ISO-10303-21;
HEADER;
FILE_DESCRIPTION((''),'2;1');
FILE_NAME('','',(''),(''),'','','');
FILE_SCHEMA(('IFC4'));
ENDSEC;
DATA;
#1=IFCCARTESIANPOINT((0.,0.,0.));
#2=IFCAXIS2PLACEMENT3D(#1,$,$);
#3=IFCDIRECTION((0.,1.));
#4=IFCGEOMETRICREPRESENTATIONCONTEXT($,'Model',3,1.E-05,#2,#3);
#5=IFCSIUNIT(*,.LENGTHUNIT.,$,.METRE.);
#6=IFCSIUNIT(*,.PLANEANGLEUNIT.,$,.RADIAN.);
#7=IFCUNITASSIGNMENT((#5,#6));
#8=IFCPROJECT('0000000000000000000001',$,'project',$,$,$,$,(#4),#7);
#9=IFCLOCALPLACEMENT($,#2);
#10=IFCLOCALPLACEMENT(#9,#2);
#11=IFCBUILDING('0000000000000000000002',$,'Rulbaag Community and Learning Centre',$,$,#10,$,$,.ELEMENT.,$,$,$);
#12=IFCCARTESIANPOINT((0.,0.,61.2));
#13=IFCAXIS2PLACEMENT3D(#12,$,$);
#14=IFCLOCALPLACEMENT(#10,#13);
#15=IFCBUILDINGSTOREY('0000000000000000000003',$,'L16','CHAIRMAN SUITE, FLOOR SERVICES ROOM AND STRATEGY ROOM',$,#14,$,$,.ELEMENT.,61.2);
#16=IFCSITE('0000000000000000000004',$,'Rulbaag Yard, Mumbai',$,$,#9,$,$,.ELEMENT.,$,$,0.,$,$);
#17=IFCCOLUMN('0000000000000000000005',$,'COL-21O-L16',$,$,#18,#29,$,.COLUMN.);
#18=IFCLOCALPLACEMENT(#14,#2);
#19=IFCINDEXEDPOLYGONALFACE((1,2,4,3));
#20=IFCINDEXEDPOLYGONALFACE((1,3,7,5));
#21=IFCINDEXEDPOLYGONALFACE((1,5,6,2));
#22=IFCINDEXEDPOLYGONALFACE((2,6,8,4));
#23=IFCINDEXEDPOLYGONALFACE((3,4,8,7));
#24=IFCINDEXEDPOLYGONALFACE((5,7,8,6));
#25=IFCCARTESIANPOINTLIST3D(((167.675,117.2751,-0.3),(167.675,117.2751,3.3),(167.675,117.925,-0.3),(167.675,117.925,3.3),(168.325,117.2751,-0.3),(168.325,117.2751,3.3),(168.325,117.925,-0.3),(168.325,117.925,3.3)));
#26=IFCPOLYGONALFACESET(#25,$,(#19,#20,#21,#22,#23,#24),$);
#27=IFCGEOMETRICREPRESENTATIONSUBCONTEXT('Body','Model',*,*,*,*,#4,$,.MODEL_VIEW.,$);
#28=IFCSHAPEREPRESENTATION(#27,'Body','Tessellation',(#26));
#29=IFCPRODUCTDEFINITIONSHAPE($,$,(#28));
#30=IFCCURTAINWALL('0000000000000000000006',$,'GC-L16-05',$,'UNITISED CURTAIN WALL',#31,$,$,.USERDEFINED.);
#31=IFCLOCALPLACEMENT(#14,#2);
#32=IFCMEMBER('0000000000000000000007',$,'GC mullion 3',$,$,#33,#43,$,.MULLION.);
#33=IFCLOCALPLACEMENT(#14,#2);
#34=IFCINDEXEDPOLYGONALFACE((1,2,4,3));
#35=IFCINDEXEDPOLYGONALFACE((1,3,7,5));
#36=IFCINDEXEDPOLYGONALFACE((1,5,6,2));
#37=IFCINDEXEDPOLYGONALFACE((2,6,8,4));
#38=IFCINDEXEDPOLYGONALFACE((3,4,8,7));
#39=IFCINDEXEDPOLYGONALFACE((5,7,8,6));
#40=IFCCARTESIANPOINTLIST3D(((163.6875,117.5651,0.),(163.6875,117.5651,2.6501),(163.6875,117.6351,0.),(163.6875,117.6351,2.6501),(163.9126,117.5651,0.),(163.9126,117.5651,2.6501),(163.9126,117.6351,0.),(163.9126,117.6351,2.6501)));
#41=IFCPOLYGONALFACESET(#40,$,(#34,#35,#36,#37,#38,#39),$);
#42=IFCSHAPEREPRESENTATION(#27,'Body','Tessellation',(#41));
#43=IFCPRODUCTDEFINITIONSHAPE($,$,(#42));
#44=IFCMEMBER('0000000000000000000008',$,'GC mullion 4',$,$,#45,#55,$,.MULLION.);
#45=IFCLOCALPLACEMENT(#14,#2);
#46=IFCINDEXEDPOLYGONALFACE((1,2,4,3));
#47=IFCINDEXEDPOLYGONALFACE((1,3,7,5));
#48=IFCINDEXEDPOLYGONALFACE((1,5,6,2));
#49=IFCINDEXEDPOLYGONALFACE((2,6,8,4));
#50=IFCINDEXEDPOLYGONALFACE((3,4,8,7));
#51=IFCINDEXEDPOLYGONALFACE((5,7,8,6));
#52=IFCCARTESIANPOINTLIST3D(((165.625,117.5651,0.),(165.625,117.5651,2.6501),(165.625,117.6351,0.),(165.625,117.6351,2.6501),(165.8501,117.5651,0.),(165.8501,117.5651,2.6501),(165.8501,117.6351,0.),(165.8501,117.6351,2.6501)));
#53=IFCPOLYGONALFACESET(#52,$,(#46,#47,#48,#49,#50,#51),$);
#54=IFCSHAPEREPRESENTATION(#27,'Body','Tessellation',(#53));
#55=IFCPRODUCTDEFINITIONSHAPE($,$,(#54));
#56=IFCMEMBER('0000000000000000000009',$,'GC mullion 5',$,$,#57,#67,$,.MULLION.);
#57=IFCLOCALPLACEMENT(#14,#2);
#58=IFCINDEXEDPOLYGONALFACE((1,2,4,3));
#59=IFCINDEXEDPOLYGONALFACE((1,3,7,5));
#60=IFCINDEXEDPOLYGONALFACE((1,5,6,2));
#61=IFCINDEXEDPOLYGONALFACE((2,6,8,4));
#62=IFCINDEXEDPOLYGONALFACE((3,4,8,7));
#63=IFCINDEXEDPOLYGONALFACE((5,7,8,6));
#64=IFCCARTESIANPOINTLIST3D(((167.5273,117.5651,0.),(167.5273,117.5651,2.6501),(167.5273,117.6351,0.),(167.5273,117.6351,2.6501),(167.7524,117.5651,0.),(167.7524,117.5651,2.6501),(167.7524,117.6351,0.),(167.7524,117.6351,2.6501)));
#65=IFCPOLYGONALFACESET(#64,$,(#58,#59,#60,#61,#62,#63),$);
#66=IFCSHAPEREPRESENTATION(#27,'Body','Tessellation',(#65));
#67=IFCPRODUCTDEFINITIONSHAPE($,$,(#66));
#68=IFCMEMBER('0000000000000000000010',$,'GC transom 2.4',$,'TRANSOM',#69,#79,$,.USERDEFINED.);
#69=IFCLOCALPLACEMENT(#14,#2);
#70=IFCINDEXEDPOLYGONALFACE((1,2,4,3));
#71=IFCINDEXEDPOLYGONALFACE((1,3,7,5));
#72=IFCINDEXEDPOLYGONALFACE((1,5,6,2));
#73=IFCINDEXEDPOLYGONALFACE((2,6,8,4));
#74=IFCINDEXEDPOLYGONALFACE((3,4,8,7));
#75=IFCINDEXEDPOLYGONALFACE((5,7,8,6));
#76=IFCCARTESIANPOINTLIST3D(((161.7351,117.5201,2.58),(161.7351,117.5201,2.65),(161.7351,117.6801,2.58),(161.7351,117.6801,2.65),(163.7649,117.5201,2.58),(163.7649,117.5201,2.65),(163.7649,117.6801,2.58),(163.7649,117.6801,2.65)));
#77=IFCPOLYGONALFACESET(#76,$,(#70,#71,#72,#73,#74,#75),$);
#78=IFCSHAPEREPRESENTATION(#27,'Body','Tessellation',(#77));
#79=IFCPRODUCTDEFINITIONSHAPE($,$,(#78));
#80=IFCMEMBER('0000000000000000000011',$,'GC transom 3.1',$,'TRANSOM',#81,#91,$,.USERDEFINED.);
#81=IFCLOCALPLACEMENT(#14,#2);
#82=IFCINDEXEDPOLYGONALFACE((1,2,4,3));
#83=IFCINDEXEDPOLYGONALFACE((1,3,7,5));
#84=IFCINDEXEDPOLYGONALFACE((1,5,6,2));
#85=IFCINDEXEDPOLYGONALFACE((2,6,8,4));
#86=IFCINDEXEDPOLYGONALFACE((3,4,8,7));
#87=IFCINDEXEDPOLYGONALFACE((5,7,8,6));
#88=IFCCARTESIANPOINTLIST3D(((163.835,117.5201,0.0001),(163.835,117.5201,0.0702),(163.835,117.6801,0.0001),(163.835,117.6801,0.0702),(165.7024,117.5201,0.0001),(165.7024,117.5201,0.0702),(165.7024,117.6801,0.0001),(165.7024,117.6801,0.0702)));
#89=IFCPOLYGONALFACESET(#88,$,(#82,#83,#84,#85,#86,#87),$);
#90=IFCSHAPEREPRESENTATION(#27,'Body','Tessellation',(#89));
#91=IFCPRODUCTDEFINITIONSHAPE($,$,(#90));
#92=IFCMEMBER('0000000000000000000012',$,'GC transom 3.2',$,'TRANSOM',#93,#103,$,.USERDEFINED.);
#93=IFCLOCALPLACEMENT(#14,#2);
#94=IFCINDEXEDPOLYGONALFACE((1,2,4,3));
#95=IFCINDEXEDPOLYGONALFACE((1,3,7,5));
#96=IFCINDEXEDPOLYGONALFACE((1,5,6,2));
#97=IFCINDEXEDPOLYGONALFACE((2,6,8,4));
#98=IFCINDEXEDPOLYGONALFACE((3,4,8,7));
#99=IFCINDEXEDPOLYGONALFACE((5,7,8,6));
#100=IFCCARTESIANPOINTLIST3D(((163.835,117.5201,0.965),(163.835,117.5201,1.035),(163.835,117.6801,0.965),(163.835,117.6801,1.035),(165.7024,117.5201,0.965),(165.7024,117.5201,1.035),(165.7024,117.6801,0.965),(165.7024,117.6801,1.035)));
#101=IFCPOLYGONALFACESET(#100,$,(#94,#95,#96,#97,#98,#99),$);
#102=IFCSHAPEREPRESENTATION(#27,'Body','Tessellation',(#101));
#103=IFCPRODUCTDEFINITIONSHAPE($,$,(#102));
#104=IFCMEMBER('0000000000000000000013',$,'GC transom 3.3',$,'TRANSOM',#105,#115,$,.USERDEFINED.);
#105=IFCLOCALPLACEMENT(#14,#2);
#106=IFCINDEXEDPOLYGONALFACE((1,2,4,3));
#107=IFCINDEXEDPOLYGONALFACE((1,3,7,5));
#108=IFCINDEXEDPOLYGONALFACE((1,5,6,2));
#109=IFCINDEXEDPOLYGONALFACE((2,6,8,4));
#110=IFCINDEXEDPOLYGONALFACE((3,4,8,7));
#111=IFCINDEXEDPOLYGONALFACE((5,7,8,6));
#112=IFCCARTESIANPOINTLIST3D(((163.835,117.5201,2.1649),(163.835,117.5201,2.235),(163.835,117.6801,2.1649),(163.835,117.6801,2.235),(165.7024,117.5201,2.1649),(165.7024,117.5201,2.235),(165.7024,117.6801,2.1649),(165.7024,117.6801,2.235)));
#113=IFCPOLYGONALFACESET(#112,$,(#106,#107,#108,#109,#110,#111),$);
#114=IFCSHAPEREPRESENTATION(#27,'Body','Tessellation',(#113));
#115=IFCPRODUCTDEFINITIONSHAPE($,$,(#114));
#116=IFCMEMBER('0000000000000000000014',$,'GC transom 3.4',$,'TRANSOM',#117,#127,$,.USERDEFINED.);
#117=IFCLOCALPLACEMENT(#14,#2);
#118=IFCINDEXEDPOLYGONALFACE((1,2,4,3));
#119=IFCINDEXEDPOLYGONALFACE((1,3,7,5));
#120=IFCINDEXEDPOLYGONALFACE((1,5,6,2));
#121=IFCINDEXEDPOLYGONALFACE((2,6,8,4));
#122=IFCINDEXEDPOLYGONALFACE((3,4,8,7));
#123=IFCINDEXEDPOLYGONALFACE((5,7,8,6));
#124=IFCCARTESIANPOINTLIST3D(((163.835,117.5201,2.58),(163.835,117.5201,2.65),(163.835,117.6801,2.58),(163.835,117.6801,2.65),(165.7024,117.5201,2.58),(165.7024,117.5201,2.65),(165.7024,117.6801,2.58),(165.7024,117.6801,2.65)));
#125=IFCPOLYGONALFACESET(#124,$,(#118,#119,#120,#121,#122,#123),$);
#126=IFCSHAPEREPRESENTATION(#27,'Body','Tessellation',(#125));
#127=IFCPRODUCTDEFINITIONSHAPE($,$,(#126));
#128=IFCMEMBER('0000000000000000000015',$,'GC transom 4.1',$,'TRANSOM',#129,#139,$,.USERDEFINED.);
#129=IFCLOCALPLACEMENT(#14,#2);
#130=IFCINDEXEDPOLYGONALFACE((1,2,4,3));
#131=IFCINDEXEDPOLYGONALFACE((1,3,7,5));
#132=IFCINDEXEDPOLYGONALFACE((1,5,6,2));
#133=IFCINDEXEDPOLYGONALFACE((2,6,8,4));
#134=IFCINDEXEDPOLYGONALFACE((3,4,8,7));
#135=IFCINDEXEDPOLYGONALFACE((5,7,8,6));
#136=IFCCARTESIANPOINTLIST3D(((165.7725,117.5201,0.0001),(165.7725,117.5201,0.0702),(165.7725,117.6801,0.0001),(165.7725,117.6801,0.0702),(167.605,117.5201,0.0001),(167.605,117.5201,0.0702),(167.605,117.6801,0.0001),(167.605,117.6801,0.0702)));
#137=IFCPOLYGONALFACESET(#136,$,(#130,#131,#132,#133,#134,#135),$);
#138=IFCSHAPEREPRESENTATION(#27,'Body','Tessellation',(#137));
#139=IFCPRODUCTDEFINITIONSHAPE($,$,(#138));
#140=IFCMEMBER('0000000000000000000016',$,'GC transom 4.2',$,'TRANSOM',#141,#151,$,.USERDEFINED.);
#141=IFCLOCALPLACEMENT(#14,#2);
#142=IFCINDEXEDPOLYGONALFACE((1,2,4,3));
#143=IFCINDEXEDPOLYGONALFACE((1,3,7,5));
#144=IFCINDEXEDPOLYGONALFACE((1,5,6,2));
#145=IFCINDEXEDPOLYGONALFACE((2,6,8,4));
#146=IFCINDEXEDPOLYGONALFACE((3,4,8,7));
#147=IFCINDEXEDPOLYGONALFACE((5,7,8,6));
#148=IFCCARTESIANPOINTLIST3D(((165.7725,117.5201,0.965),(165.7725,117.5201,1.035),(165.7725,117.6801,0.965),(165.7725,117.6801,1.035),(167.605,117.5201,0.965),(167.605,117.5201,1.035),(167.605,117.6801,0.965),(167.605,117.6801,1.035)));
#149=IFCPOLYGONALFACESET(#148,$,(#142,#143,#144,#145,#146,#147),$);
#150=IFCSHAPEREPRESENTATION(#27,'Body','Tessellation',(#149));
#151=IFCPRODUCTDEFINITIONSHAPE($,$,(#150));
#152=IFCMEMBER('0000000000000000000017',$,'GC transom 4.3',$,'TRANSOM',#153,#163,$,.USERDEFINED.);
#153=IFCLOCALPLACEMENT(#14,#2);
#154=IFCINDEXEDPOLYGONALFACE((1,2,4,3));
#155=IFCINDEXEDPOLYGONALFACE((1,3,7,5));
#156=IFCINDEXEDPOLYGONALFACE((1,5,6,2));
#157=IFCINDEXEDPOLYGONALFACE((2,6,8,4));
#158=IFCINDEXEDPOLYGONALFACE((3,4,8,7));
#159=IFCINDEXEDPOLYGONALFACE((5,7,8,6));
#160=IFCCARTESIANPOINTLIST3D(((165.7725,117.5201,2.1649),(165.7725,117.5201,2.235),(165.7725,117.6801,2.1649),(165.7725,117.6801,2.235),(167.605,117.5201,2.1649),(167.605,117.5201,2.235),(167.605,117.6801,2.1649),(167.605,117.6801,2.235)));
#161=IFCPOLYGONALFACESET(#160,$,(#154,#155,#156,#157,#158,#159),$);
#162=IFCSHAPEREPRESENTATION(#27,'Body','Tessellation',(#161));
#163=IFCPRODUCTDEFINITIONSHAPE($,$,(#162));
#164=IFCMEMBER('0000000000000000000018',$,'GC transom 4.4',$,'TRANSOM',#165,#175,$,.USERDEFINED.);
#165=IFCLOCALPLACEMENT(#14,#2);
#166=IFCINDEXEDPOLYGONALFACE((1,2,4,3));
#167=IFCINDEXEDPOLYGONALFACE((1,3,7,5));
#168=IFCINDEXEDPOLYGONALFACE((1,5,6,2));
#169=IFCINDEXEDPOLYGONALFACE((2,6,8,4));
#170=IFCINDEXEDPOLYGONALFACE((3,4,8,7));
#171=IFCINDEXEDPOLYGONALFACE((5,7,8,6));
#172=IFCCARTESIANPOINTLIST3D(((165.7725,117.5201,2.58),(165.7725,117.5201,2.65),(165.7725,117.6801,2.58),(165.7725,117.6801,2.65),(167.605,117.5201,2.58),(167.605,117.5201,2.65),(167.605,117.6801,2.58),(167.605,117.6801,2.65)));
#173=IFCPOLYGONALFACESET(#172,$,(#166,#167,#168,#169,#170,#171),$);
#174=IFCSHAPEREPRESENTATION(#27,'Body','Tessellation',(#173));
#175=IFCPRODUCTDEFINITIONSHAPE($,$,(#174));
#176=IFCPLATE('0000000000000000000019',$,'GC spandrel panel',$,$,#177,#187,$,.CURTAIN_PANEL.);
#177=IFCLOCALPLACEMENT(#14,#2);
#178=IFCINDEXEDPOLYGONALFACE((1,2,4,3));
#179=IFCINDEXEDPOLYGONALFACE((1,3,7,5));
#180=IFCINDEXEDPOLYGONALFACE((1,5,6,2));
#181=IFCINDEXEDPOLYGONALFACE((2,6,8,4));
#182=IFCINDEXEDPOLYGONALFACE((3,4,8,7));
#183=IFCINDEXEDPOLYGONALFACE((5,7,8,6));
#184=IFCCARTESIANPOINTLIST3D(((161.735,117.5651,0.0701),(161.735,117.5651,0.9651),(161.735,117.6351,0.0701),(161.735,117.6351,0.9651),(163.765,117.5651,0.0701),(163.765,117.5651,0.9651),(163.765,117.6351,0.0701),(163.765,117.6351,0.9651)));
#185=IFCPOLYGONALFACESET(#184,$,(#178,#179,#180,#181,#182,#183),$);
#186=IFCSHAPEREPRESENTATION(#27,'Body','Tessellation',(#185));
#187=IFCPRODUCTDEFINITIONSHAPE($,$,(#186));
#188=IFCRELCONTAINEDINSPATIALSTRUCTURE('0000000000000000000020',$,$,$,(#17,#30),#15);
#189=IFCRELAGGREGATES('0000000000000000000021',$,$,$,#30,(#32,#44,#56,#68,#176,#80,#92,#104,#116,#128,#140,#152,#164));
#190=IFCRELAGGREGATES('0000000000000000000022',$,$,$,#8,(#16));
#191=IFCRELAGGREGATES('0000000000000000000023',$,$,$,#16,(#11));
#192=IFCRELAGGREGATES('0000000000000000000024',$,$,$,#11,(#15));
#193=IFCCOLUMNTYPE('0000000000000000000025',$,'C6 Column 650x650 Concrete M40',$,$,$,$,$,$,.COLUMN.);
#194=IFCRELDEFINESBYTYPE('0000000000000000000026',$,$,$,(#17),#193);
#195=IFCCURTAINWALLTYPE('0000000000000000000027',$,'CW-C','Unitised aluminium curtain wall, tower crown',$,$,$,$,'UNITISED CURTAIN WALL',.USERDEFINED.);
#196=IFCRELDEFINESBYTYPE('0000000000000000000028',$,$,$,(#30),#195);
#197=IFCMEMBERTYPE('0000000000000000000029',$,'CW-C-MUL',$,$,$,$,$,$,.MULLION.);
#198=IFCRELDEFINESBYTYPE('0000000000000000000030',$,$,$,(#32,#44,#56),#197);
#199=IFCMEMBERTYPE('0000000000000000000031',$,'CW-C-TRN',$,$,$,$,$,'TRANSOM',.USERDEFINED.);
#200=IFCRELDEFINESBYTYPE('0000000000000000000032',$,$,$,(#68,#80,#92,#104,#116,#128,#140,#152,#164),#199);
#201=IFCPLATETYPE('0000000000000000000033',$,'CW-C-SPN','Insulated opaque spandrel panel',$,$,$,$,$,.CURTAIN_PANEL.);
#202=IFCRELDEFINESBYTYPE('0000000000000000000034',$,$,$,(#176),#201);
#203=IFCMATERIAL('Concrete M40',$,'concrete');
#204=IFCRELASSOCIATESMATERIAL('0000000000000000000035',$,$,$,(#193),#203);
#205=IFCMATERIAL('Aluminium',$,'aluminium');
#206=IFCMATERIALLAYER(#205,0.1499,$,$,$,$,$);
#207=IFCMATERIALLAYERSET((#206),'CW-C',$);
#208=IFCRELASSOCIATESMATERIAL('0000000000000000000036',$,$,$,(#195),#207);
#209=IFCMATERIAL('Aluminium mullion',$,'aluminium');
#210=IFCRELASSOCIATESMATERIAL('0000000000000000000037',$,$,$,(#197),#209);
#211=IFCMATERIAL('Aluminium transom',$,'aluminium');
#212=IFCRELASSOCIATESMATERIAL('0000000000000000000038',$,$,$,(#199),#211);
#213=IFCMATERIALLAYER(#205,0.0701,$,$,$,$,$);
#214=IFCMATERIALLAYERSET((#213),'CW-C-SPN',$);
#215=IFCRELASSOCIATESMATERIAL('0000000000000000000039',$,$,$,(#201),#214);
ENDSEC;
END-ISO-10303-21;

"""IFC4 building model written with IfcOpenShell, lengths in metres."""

from ifc_helpers import new_model, si_unit, direction, frame, origin, origin_2d, place, context, subcontext, project, spatial, rectangle, extrude, material, layer, layer_set, material_profile, profile_set, type_object, element, aggregate, save


model = new_model("IFC4")

# Units and contexts
model_context = context("Model", 3, precision=1e-05, world=origin(), true_north=direction((0.0, 1.0)))
body_context = subcontext(model_context, "Body", "Model", "MODEL_VIEW")
ifc_project = project(units=[si_unit("LENGTHUNIT", "METRE"), si_unit("PLANEANGLEUNIT", "RADIAN")], contexts=[model_context])

# Site, building, storey
site_placement = place(None, origin())
site = spatial("IfcSite", under=ifc_project, at=site_placement, Name="Rulbaag Yard, Mumbai", CompositionType="ELEMENT", RefElevation=0.0)
building_placement = place(site_placement, origin())
building = spatial("IfcBuilding", under=site, at=building_placement, Name="Rulbaag Community and Learning Centre", CompositionType="ELEMENT")
storey_placement = place(building_placement, frame((0.0, 0.0, 61.2)))
storey = spatial("IfcBuildingStorey", under=building, at=storey_placement, Name="L16", Description="CHAIRMAN SUITE, FLOOR SERVICES ROOM AND STRATEGY ROOM", CompositionType="ELEMENT", Elevation=61.2)

# Column
ifc_material_1 = material(Name="Concrete M40", Category="concrete")
ifc_material_profile_1 = material_profile(ifc_material_1, rectangle(XDim=0.6499, YDim=0.6499, at=origin_2d()), Name="RC650x650")
ifc_profile_set_1 = profile_set([ifc_material_profile_1], Name="Concrete M40")
column_type = type_object("IfcColumnType", Name="C6 Column 650x650 Concrete M40", PredefinedType="COLUMN", material=ifc_profile_set_1)
column_placement = place(storey_placement, frame((168.0, 117.6001, -0.3), z_axis=(0.0, 0.0, 1.0), x_axis=(1.0, 0.0, 0.0)))
element("IfcColumn", 1, at=column_placement, inside=storey, type_object=column_type, Name="COL-21O-L16", PredefinedType="COLUMN", context=body_context, shape_type="SweptSolid", body=[
    extrude(rectangle(XDim=0.6499, YDim=0.6499, at=origin_2d()), origin(), (0.0, 0.0, 1.0), 3.6001),
])

# Curtain wall, members, plate
ifc_material_2 = material(Name="Aluminium", Category="aluminium")
ifc_layer_1 = layer(ifc_material_2, 0.1499)
ifc_layer_set_1 = layer_set([ifc_layer_1], Name="CW-C")
curtain_wall_type = type_object("IfcCurtainWallType", Name="CW-C", Description="Unitised aluminium curtain wall, tower crown", ElementType="UNITISED CURTAIN WALL", PredefinedType="USERDEFINED", material=ifc_layer_set_1)
curtain_wall_placement = place(storey_placement, origin())
curtain_wall = element("IfcCurtainWall", 2, at=curtain_wall_placement, inside=storey, type_object=curtain_wall_type, Name="GC-L16-05", ObjectType="UNITISED CURTAIN WALL", PredefinedType="USERDEFINED")
ifc_material_3 = material(Name="Aluminium mullion", Category="aluminium")
ifc_material_profile_2 = material_profile(ifc_material_3, rectangle(XDim=0.0701, YDim=0.2251, at=origin_2d()), Name="AL 70x225")
ifc_profile_set_2 = profile_set([ifc_material_profile_2], Name="Aluminium mullion")
member_type_1 = type_object("IfcMemberType", Name="CW-C-MUL", PredefinedType="MULLION", material=ifc_profile_set_2)
member_1_placement = place(storey_placement, frame((163.8, 117.6001, 0.0), z_axis=(0.0, 0.0, 1.0), x_axis=(0.0, 1.0, 0.0)))
member_1 = element("IfcMember", 3, at=member_1_placement, type_object=member_type_1, Name="GC mullion 3", PredefinedType="MULLION", context=body_context, shape_type="SweptSolid", body=[
    extrude(rectangle(XDim=0.0701, YDim=0.2251, at=origin_2d()), origin(), (0.0, 0.0, 1.0), 2.6501),
])
member_2_placement = place(storey_placement, frame((165.7375, 117.6001, 0.0), z_axis=(0.0, 0.0, 1.0), x_axis=(0.0, 1.0, 0.0)))
member_2 = element("IfcMember", 4, at=member_2_placement, type_object=member_type_1, Name="GC mullion 4", PredefinedType="MULLION", context=body_context, shape_type="SweptSolid", body=[
    extrude(rectangle(XDim=0.0701, YDim=0.2251, at=origin_2d()), origin(), (0.0, 0.0, 1.0), 2.6501),
])
member_3_placement = place(storey_placement, frame((167.6399, 117.6001, 0.0), z_axis=(0.0, 0.0, 1.0), x_axis=(0.0, 1.0, 0.0)))
member_3 = element("IfcMember", 5, at=member_3_placement, type_object=member_type_1, Name="GC mullion 5", PredefinedType="MULLION", context=body_context, shape_type="SweptSolid", body=[
    extrude(rectangle(XDim=0.0701, YDim=0.2251, at=origin_2d()), origin(), (0.0, 0.0, 1.0), 2.6501),
])
ifc_material_4 = material(Name="Aluminium transom", Category="aluminium")
ifc_material_profile_3 = material_profile(ifc_material_4, rectangle(XDim=0.1599, YDim=0.0701, at=origin_2d()), Name="AL 70x160 T")
ifc_profile_set_3 = profile_set([ifc_material_profile_3], Name="Aluminium transom")
member_type_2 = type_object("IfcMemberType", Name="CW-C-TRN", ElementType="TRANSOM", PredefinedType="USERDEFINED", material=ifc_profile_set_3)
member_4_placement = place(storey_placement, frame((161.7351, 117.6001, 2.615), z_axis=(1.0, 0.0, 0.0), x_axis=(0.0, 1.0, 0.0)))
member_4 = element("IfcMember", 6, at=member_4_placement, type_object=member_type_2, Name="GC transom 2.4", ObjectType="TRANSOM", PredefinedType="USERDEFINED", context=body_context, shape_type="SweptSolid", body=[
    extrude(rectangle(XDim=0.1599, YDim=0.0701, at=origin_2d()), origin(), (0.0, 0.0, 1.0), 2.0298),
])
member_5_placement = place(storey_placement, frame((163.835, 117.6001, 0.0352), z_axis=(1.0, 0.0, 0.0), x_axis=(0.0, 1.0, 0.0)))
member_5 = element("IfcMember", 7, at=member_5_placement, type_object=member_type_2, Name="GC transom 3.1", ObjectType="TRANSOM", PredefinedType="USERDEFINED", context=body_context, shape_type="SweptSolid", body=[
    extrude(rectangle(XDim=0.1599, YDim=0.0701, at=origin_2d()), origin(), (0.0, 0.0, 1.0), 1.8674),
])
member_6_placement = place(storey_placement, frame((163.835, 117.6001, 1.0), z_axis=(1.0, 0.0, 0.0), x_axis=(0.0, 1.0, 0.0)))
member_6 = element("IfcMember", 8, at=member_6_placement, type_object=member_type_2, Name="GC transom 3.2", ObjectType="TRANSOM", PredefinedType="USERDEFINED", context=body_context, shape_type="SweptSolid", body=[
    extrude(rectangle(XDim=0.1599, YDim=0.0701, at=origin_2d()), origin(), (0.0, 0.0, 1.0), 1.8674),
])
member_7_placement = place(storey_placement, frame((163.835, 117.6001, 2.2), z_axis=(1.0, 0.0, 0.0), x_axis=(0.0, 1.0, 0.0)))
member_7 = element("IfcMember", 9, at=member_7_placement, type_object=member_type_2, Name="GC transom 3.3", ObjectType="TRANSOM", PredefinedType="USERDEFINED", context=body_context, shape_type="SweptSolid", body=[
    extrude(rectangle(XDim=0.1599, YDim=0.0701, at=origin_2d()), origin(), (0.0, 0.0, 1.0), 1.8674),
])
member_8_placement = place(storey_placement, frame((163.835, 117.6001, 2.615), z_axis=(1.0, 0.0, 0.0), x_axis=(0.0, 1.0, 0.0)))
member_8 = element("IfcMember", 10, at=member_8_placement, type_object=member_type_2, Name="GC transom 3.4", ObjectType="TRANSOM", PredefinedType="USERDEFINED", context=body_context, shape_type="SweptSolid", body=[
    extrude(rectangle(XDim=0.1599, YDim=0.0701, at=origin_2d()), origin(), (0.0, 0.0, 1.0), 1.8674),
])
member_9_placement = place(storey_placement, frame((165.7725, 117.6001, 0.0352), z_axis=(1.0, 0.0, 0.0), x_axis=(0.0, 1.0, 0.0)))
member_9 = element("IfcMember", 11, at=member_9_placement, type_object=member_type_2, Name="GC transom 4.1", ObjectType="TRANSOM", PredefinedType="USERDEFINED", context=body_context, shape_type="SweptSolid", body=[
    extrude(rectangle(XDim=0.1599, YDim=0.0701, at=origin_2d()), origin(), (0.0, 0.0, 1.0), 1.8325),
])
member_10_placement = place(storey_placement, frame((165.7725, 117.6001, 1.0), z_axis=(1.0, 0.0, 0.0), x_axis=(0.0, 1.0, 0.0)))
member_10 = element("IfcMember", 12, at=member_10_placement, type_object=member_type_2, Name="GC transom 4.2", ObjectType="TRANSOM", PredefinedType="USERDEFINED", context=body_context, shape_type="SweptSolid", body=[
    extrude(rectangle(XDim=0.1599, YDim=0.0701, at=origin_2d()), origin(), (0.0, 0.0, 1.0), 1.8325),
])
member_11_placement = place(storey_placement, frame((165.7725, 117.6001, 2.2), z_axis=(1.0, 0.0, 0.0), x_axis=(0.0, 1.0, 0.0)))
member_11 = element("IfcMember", 13, at=member_11_placement, type_object=member_type_2, Name="GC transom 4.3", ObjectType="TRANSOM", PredefinedType="USERDEFINED", context=body_context, shape_type="SweptSolid", body=[
    extrude(rectangle(XDim=0.1599, YDim=0.0701, at=origin_2d()), origin(), (0.0, 0.0, 1.0), 1.8325),
])
member_12_placement = place(storey_placement, frame((165.7725, 117.6001, 2.615), z_axis=(1.0, 0.0, 0.0), x_axis=(0.0, 1.0, 0.0)))
member_12 = element("IfcMember", 14, at=member_12_placement, type_object=member_type_2, Name="GC transom 4.4", ObjectType="TRANSOM", PredefinedType="USERDEFINED", context=body_context, shape_type="SweptSolid", body=[
    extrude(rectangle(XDim=0.1599, YDim=0.0701, at=origin_2d()), origin(), (0.0, 0.0, 1.0), 1.8325),
])
ifc_layer_2 = layer(ifc_material_2, 0.0701)
ifc_layer_set_2 = layer_set([ifc_layer_2], Name="CW-C-SPN")
plate_type_1 = type_object("IfcPlateType", Name="CW-C-SPN", Description="Insulated opaque spandrel panel", PredefinedType="CURTAIN_PANEL", material=ifc_layer_set_2)
plate_1_placement = place(storey_placement, frame((162.75, 117.6001, 0.0701), z_axis=(0.0, 0.0, 1.0), x_axis=(1.0, 0.0, 0.0)))
plate_1 = element("IfcPlate", 15, at=plate_1_placement, type_object=plate_type_1, Name="GC spandrel panel", PredefinedType="CURTAIN_PANEL", context=body_context, shape_type="SweptSolid", body=[
    extrude(rectangle(XDim=2.03, YDim=0.0701, at=origin_2d()), origin(), (0.0, 0.0, 1.0), 0.895),
])
aggregate(curtain_wall, [member_1, member_2, member_3, member_4, plate_1, member_5, member_6, member_7, member_8, member_9, member_10, member_11, member_12])

save(model, "model.ifc")
